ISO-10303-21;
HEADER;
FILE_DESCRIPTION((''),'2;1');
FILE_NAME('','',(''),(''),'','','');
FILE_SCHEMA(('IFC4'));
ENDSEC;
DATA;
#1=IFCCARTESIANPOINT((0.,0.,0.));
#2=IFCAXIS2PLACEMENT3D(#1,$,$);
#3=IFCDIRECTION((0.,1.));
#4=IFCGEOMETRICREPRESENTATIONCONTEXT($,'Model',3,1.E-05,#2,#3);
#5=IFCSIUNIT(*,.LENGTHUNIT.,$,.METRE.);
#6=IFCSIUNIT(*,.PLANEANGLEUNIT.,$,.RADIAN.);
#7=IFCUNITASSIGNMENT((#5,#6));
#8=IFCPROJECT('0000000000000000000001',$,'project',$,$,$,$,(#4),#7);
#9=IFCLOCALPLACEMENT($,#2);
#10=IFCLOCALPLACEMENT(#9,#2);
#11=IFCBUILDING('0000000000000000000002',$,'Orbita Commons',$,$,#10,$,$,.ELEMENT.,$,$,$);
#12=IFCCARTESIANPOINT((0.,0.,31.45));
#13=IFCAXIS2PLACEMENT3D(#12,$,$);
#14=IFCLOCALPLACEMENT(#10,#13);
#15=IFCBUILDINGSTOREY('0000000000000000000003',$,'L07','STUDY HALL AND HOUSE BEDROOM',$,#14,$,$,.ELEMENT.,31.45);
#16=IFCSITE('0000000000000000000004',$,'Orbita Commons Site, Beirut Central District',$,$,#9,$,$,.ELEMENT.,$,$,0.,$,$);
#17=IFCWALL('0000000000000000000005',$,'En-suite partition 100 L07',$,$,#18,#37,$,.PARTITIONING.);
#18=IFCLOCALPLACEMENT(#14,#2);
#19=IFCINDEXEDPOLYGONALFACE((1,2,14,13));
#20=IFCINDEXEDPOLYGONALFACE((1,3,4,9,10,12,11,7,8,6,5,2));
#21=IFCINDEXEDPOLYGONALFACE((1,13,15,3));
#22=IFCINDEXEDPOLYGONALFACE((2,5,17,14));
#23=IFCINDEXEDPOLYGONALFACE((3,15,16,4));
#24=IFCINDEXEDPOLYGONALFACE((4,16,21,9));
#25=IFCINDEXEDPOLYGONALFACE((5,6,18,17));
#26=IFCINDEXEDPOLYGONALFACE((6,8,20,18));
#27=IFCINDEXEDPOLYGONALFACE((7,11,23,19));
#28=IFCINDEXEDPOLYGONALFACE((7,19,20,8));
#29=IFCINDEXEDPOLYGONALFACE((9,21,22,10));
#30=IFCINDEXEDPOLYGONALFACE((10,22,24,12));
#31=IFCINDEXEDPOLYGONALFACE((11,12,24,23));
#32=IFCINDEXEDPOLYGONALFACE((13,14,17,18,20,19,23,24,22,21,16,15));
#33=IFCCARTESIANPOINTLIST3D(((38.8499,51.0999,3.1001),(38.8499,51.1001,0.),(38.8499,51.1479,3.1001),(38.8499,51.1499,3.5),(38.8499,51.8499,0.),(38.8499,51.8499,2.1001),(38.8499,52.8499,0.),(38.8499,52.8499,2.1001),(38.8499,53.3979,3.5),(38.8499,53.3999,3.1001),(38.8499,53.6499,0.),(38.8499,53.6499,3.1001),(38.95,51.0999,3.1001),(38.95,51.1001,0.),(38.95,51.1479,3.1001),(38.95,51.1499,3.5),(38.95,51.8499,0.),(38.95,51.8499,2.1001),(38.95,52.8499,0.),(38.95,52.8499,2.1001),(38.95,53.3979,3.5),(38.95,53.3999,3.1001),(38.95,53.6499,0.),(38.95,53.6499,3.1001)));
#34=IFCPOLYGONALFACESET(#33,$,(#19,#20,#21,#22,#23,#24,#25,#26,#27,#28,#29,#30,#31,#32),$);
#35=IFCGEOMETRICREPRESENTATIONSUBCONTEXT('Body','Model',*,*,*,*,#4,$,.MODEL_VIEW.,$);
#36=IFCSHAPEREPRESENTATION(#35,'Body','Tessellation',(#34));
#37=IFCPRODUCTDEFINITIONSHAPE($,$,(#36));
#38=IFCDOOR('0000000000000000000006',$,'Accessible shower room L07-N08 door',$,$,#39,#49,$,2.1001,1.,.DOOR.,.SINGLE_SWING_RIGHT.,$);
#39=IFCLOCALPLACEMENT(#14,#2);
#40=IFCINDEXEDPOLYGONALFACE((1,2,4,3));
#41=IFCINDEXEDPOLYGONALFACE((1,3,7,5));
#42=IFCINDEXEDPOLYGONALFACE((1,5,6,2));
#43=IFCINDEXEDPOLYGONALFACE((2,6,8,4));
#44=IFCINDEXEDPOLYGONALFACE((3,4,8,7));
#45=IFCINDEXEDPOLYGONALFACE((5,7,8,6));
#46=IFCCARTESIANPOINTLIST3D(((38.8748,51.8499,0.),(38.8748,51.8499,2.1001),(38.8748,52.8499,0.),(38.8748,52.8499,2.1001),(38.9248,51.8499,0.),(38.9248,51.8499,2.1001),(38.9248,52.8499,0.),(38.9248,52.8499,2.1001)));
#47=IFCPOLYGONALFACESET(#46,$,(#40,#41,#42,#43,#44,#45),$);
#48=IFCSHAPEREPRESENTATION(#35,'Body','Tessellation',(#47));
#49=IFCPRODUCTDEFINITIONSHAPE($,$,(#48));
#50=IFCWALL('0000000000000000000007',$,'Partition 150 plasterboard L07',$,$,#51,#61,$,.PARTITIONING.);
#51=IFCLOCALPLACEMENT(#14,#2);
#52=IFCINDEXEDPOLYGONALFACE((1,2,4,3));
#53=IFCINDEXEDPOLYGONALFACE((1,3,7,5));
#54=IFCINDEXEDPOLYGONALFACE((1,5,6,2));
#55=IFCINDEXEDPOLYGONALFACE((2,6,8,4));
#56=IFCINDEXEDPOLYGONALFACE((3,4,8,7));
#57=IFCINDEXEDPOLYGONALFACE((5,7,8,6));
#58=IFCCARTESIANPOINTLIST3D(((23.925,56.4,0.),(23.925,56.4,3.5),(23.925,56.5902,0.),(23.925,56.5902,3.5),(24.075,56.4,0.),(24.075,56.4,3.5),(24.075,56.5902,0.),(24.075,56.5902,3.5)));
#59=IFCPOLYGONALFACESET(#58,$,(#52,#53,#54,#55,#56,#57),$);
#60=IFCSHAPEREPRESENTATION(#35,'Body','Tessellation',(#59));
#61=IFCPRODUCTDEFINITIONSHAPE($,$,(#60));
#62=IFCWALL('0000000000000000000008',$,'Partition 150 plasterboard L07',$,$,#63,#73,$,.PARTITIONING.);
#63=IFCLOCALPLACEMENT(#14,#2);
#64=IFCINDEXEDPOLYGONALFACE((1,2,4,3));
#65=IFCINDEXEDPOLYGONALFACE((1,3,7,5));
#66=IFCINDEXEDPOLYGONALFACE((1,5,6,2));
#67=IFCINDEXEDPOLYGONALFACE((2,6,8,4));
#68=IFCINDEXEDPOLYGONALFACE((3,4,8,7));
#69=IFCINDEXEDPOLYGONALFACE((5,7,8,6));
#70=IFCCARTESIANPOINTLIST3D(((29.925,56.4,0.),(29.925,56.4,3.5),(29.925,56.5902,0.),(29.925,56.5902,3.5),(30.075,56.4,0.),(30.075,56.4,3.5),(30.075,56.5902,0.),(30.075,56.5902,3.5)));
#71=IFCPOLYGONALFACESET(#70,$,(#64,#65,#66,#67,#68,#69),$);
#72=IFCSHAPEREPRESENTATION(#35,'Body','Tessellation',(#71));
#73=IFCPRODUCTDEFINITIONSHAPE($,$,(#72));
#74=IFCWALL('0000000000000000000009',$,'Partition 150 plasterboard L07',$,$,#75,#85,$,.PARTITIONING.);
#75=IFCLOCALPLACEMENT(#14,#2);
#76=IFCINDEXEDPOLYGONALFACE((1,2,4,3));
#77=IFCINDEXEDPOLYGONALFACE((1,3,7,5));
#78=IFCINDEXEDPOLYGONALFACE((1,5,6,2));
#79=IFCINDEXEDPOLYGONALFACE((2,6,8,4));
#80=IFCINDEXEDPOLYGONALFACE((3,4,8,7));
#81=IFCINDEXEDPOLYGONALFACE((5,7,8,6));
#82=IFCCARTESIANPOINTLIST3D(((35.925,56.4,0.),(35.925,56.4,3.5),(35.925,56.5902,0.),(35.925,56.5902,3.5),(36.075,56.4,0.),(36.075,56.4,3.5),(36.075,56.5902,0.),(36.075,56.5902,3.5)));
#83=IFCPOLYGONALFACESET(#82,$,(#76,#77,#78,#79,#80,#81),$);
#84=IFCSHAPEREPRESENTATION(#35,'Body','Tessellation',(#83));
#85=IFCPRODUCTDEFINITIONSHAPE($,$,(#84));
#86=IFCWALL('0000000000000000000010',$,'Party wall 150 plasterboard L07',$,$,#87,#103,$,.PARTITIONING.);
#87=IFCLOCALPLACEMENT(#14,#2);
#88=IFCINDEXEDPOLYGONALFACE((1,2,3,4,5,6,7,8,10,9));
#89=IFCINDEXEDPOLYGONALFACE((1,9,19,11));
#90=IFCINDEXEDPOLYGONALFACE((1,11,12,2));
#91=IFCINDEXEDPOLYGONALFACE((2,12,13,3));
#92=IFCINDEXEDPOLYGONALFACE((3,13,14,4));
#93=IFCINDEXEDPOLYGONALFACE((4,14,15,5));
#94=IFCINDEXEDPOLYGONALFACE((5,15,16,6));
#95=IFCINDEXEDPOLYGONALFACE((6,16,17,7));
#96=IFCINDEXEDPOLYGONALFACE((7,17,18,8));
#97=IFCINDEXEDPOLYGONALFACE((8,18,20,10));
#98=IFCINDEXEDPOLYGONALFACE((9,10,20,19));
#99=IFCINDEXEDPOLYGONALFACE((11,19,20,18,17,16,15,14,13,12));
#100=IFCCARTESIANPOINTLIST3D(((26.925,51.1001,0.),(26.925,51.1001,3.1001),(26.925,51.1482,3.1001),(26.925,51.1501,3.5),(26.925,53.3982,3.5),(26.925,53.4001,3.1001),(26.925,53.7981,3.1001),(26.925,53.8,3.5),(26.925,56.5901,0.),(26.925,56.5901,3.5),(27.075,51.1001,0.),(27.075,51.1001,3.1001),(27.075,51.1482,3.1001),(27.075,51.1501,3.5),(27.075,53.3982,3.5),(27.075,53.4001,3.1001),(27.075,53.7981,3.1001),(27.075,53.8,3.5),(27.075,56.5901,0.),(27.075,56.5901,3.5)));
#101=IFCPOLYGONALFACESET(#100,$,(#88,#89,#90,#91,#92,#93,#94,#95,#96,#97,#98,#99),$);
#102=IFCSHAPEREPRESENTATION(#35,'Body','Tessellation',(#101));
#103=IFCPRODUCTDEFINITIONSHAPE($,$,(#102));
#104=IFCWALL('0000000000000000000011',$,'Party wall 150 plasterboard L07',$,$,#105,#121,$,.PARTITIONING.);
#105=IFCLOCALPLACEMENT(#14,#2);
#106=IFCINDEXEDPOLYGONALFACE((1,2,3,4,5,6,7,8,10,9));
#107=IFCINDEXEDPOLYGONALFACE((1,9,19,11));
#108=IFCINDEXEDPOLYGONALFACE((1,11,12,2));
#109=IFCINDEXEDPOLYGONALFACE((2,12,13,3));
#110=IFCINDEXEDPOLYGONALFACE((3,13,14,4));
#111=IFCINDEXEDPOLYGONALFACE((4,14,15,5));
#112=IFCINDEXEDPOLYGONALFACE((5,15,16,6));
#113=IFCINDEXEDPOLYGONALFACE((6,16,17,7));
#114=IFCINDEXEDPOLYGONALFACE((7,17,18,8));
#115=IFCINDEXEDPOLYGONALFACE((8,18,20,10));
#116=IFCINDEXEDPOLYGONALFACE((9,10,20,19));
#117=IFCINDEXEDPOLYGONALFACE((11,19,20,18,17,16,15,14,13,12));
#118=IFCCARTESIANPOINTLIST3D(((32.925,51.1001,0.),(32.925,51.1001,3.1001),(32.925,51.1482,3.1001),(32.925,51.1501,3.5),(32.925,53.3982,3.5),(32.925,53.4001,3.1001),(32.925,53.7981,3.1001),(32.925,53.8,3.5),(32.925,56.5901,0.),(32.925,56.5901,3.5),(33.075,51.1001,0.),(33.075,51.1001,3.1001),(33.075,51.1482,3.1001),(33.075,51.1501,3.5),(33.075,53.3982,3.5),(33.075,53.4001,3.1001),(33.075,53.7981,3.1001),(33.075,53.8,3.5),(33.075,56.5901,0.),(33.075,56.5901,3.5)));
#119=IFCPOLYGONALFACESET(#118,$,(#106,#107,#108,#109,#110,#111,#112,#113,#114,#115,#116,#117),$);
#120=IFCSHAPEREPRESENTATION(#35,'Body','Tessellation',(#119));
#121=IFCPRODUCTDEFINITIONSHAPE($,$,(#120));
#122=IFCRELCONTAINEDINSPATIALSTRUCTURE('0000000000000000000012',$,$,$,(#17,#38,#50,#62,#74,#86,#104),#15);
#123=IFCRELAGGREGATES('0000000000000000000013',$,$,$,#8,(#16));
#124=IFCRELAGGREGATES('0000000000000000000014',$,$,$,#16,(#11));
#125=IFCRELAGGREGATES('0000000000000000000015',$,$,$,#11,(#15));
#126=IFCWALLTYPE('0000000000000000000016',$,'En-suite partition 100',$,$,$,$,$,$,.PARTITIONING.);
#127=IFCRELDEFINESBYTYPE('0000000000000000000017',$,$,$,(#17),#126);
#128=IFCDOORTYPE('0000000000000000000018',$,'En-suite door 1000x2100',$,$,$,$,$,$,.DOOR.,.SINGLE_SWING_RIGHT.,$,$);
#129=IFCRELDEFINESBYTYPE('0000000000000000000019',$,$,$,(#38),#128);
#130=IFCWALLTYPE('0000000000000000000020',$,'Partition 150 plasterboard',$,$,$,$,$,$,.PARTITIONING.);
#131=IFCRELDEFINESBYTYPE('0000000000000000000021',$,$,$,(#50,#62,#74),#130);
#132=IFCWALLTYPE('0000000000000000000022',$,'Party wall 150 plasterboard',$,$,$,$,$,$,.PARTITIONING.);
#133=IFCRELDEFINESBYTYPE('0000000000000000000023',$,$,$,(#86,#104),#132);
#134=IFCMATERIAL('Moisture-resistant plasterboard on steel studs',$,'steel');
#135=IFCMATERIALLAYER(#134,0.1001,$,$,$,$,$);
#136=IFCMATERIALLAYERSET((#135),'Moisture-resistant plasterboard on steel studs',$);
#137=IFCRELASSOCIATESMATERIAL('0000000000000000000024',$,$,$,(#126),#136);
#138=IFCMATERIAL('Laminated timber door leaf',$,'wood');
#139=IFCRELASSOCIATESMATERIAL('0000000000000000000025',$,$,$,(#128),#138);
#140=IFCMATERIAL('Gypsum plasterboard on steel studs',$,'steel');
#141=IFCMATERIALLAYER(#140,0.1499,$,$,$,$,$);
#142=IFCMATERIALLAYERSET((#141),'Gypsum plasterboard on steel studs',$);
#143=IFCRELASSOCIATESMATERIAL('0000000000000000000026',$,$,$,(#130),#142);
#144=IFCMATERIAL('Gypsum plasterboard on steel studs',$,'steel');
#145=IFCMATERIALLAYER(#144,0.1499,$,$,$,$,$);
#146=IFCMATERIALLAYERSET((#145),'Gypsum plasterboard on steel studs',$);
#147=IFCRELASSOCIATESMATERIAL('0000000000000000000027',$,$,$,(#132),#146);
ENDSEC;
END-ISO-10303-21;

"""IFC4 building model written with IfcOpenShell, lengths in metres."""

from ifc_helpers import new_model, si_unit, direction, frame, frame_2d, origin, place, context, subcontext, project, spatial, polyline, rectangle, outline, extrude, material, layer, layer_set, type_object, element, fill, save


model = new_model("IFC4")

# Units and contexts
model_context = context("Model", 3, precision=1e-05, world=origin(), true_north=direction((0.0, 1.0)))
body_context = subcontext(model_context, "Body", "Model", "MODEL_VIEW")
ifc_project = project(units=[si_unit("LENGTHUNIT", "METRE"), si_unit("PLANEANGLEUNIT", "RADIAN")], contexts=[model_context])

# Site, building, storey
site_placement = place(None, origin())
site = spatial("IfcSite", under=ifc_project, at=site_placement, Name="Orbita Commons Site, Beirut Central District", CompositionType="ELEMENT", RefElevation=0.0)
building_placement = place(site_placement, origin())
building = spatial("IfcBuilding", under=site, at=building_placement, Name="Orbita Commons", CompositionType="ELEMENT")
storey_placement = place(building_placement, frame((0.0, 0.0, 31.45)))
storey = spatial("IfcBuildingStorey", under=building, at=storey_placement, Name="L07", Description="STUDY HALL AND HOUSE BEDROOM", CompositionType="ELEMENT", Elevation=31.45)

# Shared definitions
ifc_material_1 = material(Name="Moisture-resistant plasterboard on steel studs", Category="steel")
ifc_layer_1 = layer(ifc_material_1, 0.1001)
ifc_layer_set_1 = layer_set([ifc_layer_1], Name="Moisture-resistant plasterboard on steel studs")
wall_type_1 = type_object("IfcWallType", Name="En-suite partition 100", PredefinedType="PARTITIONING", material=ifc_layer_set_1)

# Wall, opening, door
wall_1_placement = place(storey_placement, frame((38.8999, 53.6499, 0.0), z_axis=(0.0, 0.0, 1.0), x_axis=(0.0, -1.0, 0.0)))
wall_1 = element("IfcWall", 1, at=wall_1_placement, inside=storey, type_object=wall_type_1, Name="En-suite partition 100 L07", PredefinedType="PARTITIONING", context=body_context, shape_type="SweptSolid", body=[
    extrude(outline(polyline([(0.0, 0.0), (2.5498, 0.0), (2.55, 3.1001), (2.502, 3.1001), (2.5, 3.5), (0.252, 3.5), (0.25, 3.1001), (0.0, 3.1001), (0.0, 0.0)])), frame((0.0, 0.05, 0.0), z_axis=(0.0, -1.0, 0.0), x_axis=(1.0, 0.0, 0.0)), (0.0, 0.0, 1.0), 0.1001),
])
opening_placement = place(wall_1_placement, frame((0.8, 0.0, 0.0)))
opening = element("IfcOpeningElement", 2, at=opening_placement, cuts=wall_1, PredefinedType="OPENING", context=body_context, shape_type="SweptSolid", body=[
    extrude(rectangle(XDim=1.0, YDim=2.1001, at=frame_2d((0.5, 1.05))), frame((0.0, 0.0601, 0.0), z_axis=(0.0, -1.0, 0.0), x_axis=(1.0, 0.0, 0.0)), (0.0, 0.0, 1.0), 0.1201),
])
ifc_material_2 = material(Name="Laminated timber door leaf", Category="wood")
door_type = type_object("IfcDoorType", Name="En-suite door 1000x2100", OperationType="SINGLE_SWING_RIGHT", PredefinedType="DOOR", material=ifc_material_2)
door_placement = place(opening_placement, origin())
door = element("IfcDoor", 3, at=door_placement, inside=storey, type_object=door_type, Name="Accessible shower room L07-N08 door", OperationType="SINGLE_SWING_RIGHT", OverallHeight=2.1001, OverallWidth=1.0, PredefinedType="DOOR", context=body_context, shape_type="SweptSolid", body=[
    extrude(rectangle(XDim=1.0, YDim=2.1001, at=frame_2d((0.5, 1.05))), frame((0.0, 0.0249, 0.0), z_axis=(0.0, -1.0, 0.0), x_axis=(1.0, 0.0, 0.0)), (0.0, 0.0, 1.0), 0.05),
])
fill(opening, door)

# Walls
ifc_material_3 = material(Name="Gypsum plasterboard on steel studs", Category="steel")
ifc_layer_2 = layer(ifc_material_3, 0.1499)
ifc_layer_set_2 = layer_set([ifc_layer_2], Name="Gypsum plasterboard on steel studs")
wall_type_2 = type_object("IfcWallType", Name="Partition 150 plasterboard", PredefinedType="PARTITIONING", material=ifc_layer_set_2)
for number, where, z_axis, x_axis, name in (
    (4, (24.0, 56.3999, 0.0), (0.0, 0.0, 1.0), (0.0, 1.0, 0.0), "Partition 150 plasterboard L07"),
    (5, (30.0, 56.3999, 0.0), (0.0, 0.0, 1.0), (0.0, 1.0, 0.0), "Partition 150 plasterboard L07"),
    (6, (36.0, 56.3999, 0.0), (0.0, 0.0, 1.0), (0.0, 1.0, 0.0), "Partition 150 plasterboard L07"),
):
    element("IfcWall", number, at=place(storey_placement, frame(where, z_axis=z_axis, x_axis=x_axis)), inside=storey, type_object=wall_type_2, Name=name, PredefinedType="PARTITIONING", context=body_context, shape_type="SweptSolid", body=[
        extrude(rectangle(XDim=0.1902, YDim=0.1499, at=frame_2d((0.0952, 0.0))), origin(), (0.0, 0.0, 1.0), 3.5),
    ])
ifc_material_4 = material(Name="Gypsum plasterboard on steel studs", Category="steel")
ifc_layer_3 = layer(ifc_material_4, 0.1499)
ifc_layer_set_3 = layer_set([ifc_layer_3], Name="Gypsum plasterboard on steel studs")
wall_type_3 = type_object("IfcWallType", Name="Party wall 150 plasterboard", PredefinedType="PARTITIONING", material=ifc_layer_set_3)
for number, where, z_axis, x_axis, name in (
    (7, (27.0, 56.5901, 0.0), (0.0, 0.0, 1.0), (0.0, -1.0, 0.0), "Party wall 150 plasterboard L07"),
    (8, (33.0, 56.5901, 0.0), (0.0, 0.0, 1.0), (0.0, -1.0, 0.0), "Party wall 150 plasterboard L07"),
):
    element("IfcWall", number, at=place(storey_placement, frame(where, z_axis=z_axis, x_axis=x_axis)), inside=storey, type_object=wall_type_3, Name=name, PredefinedType="PARTITIONING", context=body_context, shape_type="SweptSolid", body=[
        extrude(outline(polyline([(0.0, 0.0), (5.49, 0.0), (5.49, 3.1001), (5.4419, 3.1001), (5.4399, 3.5), (3.1919, 3.5), (3.1899, 3.1001), (2.792, 3.1001), (2.79, 3.5), (0.0, 3.5), (0.0, 0.0)])), frame((0.0, 0.075, 0.0), z_axis=(0.0, -1.0, 0.0), x_axis=(1.0, 0.0, 0.0)), (0.0, 0.0, 1.0), 0.1499),
    ])

save(model, "model.ifc")
